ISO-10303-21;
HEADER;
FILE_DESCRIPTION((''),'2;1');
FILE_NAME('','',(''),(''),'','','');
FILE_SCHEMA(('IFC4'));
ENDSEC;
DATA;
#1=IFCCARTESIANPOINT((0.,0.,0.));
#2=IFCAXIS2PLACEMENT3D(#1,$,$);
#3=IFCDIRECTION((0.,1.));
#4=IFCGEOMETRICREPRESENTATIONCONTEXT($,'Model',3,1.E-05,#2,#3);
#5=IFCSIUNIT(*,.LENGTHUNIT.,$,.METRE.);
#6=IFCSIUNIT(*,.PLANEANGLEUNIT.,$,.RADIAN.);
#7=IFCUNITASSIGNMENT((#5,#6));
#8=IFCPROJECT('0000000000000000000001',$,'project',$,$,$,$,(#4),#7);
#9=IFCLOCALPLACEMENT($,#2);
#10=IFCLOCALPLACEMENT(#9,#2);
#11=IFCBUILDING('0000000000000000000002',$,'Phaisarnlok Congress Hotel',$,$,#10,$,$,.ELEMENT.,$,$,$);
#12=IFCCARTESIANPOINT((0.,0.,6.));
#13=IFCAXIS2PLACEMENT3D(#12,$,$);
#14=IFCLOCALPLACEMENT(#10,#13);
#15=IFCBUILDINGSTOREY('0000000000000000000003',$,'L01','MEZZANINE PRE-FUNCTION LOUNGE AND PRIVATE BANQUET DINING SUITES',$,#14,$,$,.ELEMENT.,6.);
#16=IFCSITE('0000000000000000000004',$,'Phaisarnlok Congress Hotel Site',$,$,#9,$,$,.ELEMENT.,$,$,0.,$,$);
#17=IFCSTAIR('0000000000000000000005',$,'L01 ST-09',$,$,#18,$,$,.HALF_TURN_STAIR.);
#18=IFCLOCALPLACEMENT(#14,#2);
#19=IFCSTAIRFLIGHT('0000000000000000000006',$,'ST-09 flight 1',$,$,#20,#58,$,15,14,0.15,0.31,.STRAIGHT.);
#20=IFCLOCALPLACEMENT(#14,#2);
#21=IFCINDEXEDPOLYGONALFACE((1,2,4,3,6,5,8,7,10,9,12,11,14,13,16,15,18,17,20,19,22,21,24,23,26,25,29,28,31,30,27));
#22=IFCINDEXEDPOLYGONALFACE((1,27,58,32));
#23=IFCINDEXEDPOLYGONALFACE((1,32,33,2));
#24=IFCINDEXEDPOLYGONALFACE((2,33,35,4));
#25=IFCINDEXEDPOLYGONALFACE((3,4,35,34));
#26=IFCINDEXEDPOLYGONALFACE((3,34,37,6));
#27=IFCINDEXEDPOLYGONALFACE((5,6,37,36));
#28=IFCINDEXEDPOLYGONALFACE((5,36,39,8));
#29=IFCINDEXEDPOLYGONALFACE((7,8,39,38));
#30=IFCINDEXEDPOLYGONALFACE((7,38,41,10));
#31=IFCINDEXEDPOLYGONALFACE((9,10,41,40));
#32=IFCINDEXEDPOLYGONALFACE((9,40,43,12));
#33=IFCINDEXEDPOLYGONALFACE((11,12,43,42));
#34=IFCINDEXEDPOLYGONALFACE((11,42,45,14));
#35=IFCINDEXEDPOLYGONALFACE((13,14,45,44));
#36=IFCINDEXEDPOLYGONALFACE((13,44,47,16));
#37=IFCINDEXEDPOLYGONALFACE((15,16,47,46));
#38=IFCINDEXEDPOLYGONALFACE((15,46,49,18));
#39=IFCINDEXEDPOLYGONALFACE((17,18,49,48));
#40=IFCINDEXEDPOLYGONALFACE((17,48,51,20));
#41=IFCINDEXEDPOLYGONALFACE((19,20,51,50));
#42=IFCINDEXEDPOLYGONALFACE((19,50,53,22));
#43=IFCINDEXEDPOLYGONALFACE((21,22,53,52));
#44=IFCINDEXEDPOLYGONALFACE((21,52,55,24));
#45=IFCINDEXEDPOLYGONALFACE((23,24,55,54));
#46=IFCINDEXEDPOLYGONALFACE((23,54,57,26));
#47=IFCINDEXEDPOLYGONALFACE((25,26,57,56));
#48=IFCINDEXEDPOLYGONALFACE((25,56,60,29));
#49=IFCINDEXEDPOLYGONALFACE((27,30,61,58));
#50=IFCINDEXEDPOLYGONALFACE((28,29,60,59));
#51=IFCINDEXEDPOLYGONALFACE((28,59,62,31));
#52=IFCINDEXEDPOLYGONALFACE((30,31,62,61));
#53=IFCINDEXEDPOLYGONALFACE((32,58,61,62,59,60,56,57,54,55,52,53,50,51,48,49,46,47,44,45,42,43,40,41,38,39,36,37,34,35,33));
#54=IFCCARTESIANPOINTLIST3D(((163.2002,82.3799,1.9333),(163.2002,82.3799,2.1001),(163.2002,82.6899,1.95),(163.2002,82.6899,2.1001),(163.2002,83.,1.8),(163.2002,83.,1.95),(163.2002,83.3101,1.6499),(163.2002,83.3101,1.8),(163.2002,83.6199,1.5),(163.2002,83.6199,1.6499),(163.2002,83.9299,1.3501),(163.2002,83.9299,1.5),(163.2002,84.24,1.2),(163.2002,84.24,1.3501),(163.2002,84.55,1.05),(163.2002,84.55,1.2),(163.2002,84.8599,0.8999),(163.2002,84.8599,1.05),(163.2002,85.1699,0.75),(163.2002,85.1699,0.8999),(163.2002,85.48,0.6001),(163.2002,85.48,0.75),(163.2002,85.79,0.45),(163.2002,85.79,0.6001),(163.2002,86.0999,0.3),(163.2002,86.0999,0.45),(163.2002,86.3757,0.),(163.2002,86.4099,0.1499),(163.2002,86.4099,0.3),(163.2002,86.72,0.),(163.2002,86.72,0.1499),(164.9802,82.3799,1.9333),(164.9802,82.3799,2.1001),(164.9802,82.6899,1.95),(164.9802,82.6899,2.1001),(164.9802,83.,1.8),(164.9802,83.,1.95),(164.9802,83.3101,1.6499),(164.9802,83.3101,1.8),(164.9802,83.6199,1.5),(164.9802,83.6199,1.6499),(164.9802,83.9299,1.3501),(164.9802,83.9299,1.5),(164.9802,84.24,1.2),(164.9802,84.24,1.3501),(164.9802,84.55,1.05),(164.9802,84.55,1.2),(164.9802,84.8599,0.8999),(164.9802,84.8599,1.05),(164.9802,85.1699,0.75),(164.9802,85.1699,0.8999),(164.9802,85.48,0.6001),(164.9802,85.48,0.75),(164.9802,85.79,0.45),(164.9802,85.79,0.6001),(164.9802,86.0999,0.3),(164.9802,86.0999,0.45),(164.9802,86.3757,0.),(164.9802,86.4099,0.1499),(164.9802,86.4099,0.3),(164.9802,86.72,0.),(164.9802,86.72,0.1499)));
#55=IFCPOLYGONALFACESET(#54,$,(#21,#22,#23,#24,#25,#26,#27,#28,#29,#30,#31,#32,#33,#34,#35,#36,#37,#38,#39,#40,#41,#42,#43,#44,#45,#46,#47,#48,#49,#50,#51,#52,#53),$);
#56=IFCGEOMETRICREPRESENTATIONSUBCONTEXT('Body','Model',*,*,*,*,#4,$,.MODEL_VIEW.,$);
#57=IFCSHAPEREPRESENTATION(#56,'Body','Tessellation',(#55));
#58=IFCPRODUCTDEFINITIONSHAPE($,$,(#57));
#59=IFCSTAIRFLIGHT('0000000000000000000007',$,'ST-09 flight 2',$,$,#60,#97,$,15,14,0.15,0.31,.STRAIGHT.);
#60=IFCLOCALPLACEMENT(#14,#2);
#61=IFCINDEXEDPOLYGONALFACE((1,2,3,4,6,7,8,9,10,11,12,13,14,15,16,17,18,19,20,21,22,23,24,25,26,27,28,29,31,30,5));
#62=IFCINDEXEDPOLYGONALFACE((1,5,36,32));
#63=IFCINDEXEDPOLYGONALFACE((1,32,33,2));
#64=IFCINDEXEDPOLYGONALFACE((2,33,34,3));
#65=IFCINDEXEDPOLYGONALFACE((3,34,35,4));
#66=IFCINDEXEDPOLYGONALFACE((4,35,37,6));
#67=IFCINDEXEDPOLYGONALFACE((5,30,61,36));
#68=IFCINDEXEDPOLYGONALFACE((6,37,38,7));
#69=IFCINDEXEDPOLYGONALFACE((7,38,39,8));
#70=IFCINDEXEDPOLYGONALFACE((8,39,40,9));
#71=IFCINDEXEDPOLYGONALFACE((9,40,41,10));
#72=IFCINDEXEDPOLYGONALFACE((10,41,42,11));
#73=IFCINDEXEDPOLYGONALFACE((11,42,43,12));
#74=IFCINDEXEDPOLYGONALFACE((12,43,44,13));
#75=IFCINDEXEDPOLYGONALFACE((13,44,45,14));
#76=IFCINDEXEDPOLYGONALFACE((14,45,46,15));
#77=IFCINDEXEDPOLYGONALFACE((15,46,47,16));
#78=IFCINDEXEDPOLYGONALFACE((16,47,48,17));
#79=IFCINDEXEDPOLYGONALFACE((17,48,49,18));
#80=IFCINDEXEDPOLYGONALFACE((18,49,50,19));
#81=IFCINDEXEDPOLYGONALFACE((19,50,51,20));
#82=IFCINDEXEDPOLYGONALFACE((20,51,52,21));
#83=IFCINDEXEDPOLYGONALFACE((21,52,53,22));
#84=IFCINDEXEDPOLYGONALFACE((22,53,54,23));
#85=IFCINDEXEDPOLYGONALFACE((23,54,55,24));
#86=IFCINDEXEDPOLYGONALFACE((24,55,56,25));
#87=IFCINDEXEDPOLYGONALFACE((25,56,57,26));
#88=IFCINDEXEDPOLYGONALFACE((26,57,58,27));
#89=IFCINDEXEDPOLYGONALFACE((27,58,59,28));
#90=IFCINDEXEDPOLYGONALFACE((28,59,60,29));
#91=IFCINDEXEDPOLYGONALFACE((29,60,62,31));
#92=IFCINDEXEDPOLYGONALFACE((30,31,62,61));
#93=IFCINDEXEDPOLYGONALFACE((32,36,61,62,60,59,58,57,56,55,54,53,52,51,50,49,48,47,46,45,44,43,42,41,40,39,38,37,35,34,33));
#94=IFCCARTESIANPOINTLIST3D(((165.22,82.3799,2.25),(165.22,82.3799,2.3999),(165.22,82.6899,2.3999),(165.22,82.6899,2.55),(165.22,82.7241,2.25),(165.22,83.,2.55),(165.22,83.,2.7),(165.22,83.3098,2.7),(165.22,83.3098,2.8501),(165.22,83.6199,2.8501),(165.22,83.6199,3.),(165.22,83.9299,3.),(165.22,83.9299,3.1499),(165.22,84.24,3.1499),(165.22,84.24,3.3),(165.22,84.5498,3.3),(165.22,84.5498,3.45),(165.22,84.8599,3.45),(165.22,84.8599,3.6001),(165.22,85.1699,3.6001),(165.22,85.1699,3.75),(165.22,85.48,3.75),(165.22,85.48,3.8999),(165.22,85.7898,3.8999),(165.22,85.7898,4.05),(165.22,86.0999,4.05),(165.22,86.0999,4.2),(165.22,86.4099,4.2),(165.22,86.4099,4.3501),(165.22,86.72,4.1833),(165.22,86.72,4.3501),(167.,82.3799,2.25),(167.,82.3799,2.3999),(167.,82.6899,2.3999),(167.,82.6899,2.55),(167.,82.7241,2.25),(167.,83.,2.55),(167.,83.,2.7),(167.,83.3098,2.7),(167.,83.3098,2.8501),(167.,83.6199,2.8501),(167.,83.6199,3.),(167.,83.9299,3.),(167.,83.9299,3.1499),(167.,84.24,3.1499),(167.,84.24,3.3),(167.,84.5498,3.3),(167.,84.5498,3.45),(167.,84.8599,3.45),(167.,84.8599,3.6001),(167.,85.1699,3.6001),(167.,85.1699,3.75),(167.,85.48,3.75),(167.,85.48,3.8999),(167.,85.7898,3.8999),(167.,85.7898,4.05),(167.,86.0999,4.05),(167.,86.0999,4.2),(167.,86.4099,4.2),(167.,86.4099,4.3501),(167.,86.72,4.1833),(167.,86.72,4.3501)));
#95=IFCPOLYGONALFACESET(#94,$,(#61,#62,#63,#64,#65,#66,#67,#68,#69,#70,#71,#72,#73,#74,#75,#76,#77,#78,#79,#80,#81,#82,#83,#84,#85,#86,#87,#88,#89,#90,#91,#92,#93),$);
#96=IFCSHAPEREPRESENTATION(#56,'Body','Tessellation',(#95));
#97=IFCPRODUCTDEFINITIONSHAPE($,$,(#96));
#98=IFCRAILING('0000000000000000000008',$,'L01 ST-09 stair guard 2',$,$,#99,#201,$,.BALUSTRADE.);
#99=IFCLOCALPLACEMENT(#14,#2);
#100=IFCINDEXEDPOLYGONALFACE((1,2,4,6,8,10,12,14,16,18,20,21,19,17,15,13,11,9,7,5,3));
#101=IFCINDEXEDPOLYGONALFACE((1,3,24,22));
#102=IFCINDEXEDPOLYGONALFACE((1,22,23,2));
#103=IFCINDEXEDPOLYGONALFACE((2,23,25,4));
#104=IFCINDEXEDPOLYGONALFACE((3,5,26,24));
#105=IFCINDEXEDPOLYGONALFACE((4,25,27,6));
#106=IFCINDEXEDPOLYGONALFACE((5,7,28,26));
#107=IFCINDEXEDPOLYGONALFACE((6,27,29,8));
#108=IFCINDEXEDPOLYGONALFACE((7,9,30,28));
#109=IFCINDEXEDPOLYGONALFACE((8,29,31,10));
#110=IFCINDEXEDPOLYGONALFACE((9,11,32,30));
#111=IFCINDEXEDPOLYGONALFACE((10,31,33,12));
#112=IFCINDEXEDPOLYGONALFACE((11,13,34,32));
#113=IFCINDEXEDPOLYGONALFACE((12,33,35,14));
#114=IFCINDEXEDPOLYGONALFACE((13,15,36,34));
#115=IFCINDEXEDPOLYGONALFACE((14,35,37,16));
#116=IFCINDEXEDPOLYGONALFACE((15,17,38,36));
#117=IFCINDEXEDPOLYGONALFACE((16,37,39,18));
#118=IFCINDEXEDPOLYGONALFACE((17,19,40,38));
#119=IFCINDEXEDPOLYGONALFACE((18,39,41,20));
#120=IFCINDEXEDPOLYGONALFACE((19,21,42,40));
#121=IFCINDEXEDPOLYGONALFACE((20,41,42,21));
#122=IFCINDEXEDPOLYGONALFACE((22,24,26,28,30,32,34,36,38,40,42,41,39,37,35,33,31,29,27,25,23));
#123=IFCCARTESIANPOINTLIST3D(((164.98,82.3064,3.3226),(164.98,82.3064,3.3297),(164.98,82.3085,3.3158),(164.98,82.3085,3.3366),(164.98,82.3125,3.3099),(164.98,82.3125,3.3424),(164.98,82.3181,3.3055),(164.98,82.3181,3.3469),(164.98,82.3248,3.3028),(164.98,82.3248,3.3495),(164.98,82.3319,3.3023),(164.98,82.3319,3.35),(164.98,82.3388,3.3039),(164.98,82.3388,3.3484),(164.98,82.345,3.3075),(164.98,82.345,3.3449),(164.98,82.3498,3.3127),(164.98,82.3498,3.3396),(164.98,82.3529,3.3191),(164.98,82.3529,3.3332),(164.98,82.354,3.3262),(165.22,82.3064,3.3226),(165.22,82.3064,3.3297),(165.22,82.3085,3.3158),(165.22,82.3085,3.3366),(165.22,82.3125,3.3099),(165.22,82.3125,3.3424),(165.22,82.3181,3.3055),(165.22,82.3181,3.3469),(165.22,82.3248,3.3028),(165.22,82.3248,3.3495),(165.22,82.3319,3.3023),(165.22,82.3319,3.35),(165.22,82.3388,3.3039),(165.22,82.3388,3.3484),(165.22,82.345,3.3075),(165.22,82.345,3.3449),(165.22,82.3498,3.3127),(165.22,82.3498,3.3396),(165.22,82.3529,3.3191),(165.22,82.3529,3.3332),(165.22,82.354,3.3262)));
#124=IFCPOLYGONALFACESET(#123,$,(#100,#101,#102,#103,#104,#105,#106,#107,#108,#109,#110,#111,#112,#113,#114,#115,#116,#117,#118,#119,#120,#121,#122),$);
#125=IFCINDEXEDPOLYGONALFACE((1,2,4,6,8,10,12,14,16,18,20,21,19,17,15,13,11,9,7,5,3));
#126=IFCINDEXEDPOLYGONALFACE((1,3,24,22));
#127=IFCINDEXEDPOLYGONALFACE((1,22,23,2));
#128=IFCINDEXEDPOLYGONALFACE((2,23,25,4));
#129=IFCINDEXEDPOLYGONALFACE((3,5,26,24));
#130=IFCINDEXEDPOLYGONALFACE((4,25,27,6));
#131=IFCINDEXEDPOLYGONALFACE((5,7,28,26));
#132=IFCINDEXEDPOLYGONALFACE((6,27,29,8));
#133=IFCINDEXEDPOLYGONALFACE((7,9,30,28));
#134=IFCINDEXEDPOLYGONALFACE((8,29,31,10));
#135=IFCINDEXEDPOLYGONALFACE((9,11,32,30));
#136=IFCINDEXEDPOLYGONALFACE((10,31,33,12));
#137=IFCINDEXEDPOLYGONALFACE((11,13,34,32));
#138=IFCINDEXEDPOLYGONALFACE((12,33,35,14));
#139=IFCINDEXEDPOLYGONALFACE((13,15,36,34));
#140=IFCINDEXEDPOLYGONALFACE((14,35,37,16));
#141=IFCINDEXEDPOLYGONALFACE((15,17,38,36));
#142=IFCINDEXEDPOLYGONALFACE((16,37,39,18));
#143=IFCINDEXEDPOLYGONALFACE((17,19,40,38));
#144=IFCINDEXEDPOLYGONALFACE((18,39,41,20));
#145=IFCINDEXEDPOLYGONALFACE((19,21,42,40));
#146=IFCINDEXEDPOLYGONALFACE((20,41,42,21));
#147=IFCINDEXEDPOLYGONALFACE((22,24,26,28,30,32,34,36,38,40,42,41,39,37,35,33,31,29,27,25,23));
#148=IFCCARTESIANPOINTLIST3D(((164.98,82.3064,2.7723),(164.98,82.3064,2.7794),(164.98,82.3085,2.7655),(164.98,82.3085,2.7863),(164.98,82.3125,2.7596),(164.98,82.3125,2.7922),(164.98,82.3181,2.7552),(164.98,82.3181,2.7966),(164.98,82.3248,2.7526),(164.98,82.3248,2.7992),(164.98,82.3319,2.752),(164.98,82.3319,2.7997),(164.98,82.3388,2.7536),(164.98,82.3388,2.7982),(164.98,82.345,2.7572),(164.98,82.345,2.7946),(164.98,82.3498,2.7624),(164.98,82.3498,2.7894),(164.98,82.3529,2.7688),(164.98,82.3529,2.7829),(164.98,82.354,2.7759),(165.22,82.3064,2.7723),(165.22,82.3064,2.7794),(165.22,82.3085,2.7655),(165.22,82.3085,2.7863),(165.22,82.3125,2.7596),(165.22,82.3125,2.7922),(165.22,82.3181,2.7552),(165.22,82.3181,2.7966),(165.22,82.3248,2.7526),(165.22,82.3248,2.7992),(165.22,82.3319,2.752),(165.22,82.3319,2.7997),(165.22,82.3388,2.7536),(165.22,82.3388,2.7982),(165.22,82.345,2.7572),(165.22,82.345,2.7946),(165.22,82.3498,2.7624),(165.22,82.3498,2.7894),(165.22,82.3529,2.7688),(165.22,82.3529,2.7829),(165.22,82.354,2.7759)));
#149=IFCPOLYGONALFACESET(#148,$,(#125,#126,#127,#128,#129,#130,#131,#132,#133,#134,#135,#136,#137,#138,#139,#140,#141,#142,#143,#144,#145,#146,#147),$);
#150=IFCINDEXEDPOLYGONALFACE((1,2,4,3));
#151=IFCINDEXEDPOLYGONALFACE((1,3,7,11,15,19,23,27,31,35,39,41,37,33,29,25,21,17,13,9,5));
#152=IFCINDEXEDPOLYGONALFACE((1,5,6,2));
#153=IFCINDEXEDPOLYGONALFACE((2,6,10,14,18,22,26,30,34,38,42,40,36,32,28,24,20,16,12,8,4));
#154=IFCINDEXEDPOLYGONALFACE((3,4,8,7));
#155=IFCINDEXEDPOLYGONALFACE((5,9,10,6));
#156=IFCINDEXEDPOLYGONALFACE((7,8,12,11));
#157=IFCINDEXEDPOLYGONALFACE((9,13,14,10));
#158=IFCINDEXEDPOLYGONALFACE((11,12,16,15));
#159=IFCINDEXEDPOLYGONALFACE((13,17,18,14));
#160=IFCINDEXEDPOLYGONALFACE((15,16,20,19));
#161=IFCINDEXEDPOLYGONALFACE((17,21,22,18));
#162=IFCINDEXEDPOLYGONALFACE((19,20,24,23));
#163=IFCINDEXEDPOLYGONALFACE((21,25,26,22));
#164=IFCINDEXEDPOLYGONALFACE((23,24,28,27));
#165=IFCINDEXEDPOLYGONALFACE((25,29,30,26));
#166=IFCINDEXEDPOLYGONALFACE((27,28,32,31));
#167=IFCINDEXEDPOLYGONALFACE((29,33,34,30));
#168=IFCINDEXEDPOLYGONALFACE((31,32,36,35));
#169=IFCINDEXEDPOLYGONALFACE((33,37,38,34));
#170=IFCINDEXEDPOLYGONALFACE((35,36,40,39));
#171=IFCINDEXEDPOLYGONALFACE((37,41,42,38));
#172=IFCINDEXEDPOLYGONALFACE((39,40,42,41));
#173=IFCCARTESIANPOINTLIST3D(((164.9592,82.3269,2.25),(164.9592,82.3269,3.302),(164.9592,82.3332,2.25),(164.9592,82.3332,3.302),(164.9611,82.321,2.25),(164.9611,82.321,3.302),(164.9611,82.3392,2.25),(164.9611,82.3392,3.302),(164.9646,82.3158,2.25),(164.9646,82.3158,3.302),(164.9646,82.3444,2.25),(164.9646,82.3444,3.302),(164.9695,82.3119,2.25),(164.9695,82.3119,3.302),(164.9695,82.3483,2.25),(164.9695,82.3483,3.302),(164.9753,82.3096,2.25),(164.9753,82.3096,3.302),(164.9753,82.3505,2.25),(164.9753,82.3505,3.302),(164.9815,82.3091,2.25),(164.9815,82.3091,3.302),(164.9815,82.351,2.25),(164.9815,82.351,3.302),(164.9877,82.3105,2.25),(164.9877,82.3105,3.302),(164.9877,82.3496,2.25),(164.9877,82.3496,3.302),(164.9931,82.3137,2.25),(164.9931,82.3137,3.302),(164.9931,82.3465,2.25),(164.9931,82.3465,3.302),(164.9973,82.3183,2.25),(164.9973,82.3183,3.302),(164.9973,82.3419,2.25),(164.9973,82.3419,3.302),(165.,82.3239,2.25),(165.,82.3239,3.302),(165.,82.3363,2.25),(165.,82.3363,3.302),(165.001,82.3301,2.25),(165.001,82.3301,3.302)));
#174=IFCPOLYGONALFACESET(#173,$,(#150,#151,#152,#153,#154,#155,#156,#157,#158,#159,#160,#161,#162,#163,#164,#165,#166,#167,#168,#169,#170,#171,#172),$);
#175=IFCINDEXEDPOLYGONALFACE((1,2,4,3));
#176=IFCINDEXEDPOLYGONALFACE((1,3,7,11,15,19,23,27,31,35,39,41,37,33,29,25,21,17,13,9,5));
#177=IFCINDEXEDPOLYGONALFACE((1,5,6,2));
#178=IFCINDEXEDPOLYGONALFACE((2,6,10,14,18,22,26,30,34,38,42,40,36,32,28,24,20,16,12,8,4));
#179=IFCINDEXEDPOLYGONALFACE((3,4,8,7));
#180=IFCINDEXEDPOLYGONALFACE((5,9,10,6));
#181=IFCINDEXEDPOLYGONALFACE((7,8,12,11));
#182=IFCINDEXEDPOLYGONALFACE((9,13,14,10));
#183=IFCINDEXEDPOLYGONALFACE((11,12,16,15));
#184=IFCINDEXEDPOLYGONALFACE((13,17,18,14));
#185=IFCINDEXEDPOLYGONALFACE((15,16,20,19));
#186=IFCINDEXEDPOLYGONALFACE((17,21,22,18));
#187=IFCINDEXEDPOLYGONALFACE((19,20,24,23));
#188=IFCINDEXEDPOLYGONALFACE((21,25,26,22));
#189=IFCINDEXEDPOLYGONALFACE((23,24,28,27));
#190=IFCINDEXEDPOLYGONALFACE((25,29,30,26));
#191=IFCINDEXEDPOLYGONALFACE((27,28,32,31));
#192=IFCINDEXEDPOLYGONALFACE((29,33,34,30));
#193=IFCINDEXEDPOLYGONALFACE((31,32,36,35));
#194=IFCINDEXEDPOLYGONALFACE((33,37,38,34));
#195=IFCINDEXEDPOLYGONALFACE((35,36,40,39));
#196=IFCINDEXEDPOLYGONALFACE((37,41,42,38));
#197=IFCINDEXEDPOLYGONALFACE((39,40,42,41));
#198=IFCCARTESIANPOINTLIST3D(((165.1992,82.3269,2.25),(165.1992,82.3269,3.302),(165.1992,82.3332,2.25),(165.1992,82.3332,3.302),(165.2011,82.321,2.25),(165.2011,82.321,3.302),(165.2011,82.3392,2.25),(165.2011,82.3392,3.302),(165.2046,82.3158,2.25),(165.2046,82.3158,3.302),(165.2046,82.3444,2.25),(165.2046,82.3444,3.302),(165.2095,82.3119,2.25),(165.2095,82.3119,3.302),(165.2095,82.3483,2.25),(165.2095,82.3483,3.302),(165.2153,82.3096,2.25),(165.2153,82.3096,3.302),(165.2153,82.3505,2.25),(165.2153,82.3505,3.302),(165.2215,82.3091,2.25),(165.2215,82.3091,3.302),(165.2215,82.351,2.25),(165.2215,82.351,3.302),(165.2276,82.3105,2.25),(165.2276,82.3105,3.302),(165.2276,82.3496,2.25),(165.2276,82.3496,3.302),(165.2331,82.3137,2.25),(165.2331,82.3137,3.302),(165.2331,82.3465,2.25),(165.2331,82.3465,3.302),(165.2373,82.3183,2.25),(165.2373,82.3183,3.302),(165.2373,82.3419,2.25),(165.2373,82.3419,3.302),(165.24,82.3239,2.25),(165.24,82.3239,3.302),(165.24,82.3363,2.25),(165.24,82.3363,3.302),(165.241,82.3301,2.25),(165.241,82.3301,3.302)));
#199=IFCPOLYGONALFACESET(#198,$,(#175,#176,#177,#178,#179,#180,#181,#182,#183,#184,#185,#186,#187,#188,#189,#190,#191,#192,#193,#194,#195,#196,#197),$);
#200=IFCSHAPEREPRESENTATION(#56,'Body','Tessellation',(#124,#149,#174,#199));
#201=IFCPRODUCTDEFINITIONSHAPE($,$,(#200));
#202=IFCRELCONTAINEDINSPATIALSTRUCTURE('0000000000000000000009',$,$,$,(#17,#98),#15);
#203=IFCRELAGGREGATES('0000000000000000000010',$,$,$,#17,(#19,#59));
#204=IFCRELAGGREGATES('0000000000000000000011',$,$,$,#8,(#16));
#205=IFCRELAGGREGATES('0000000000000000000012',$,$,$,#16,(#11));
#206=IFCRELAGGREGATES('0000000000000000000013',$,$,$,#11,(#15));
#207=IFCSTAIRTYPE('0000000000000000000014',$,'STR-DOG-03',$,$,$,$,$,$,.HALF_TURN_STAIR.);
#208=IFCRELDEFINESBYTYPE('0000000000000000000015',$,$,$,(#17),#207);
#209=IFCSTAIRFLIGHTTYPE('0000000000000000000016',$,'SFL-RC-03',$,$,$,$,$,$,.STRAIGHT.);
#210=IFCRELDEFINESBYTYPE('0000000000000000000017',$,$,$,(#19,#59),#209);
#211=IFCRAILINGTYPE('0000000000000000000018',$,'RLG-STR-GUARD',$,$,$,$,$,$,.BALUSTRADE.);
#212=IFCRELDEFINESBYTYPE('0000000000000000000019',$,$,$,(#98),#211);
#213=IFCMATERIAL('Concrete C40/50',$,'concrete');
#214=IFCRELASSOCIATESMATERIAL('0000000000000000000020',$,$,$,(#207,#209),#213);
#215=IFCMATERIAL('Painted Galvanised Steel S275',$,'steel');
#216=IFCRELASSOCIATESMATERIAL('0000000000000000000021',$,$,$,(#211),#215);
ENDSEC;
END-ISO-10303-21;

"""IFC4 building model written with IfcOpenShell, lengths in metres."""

from ifc_helpers import new_model, si_unit, direction, frame, origin, origin_2d, place, context, subcontext, project, spatial, polyline, circle, outline, extrude, material, type_object, element, aggregate, save


model = new_model("IFC4")

# Units and contexts
model_context = context("Model", 3, precision=1e-05, world=origin(), true_north=direction((0.0, 1.0)))
body_context = subcontext(model_context, "Body", "Model", "MODEL_VIEW")
ifc_project = project(units=[si_unit("LENGTHUNIT", "METRE"), si_unit("PLANEANGLEUNIT", "RADIAN")], contexts=[model_context])

# Site, building, storey
site_placement = place(None, origin())
site = spatial("IfcSite", under=ifc_project, at=site_placement, Name="Phaisarnlok Congress Hotel Site", CompositionType="ELEMENT", RefElevation=0.0)
building_placement = place(site_placement, origin())
building = spatial("IfcBuilding", under=site, at=building_placement, Name="Phaisarnlok Congress Hotel", CompositionType="ELEMENT")
storey_placement = place(building_placement, frame((0.0, 0.0, 6.0)))
storey = spatial("IfcBuildingStorey", under=building, at=storey_placement, Name="L01", Description="MEZZANINE PRE-FUNCTION LOUNGE AND PRIVATE BANQUET DINING SUITES", CompositionType="ELEMENT", Elevation=6.0)

# Shared definitions
ifc_material_1 = material(Name="Concrete C40/50", Category="concrete")

# Stair, stair flights
stair_type = type_object("IfcStairType", Name="STR-DOG-03", PredefinedType="HALF_TURN_STAIR", material=ifc_material_1)
stair_placement = place(storey_placement, origin())
stair = element("IfcStair", 1, at=stair_placement, inside=storey, type_object=stair_type, Name="L01 ST-09", PredefinedType="HALF_TURN_STAIR")
stair_flight_type = type_object("IfcStairFlightType", Name="SFL-RC-03", PredefinedType="STRAIGHT", material=ifc_material_1)
stair_flight_1_placement = place(storey_placement, frame((164.0901, 86.72, 0.0), z_axis=(0.0, 0.0, 1.0), x_axis=(0.0, -1.0, 0.0)))
stair_flight_1 = element("IfcStairFlight", 2, at=stair_flight_1_placement, type_object=stair_flight_type, Name="ST-09 flight 1", NumberOfRisers=15, NumberOfTreads=14, PredefinedType="STRAIGHT", RiserHeight=0.15, TreadLength=0.31, context=body_context, shape_type="SweptSolid", body=[
    extrude(outline(polyline([(0.0, 0.0), (0.0, 0.1499), (0.3101, 0.1499), (0.3101, 0.3), (0.6201, 0.3), (0.6201, 0.45), (0.9299, 0.45), (0.9299, 0.6001), (1.24, 0.6001), (1.24, 0.75), (1.55, 0.75), (1.55, 0.8999), (1.8601, 0.8999), (1.8601, 1.05), (2.1699, 1.05), (2.1699, 1.2), (2.48, 1.2), (2.48, 1.3501), (2.79, 1.3501), (2.79, 1.5), (3.1001, 1.5), (3.1001, 1.6499), (3.4099, 1.6499), (3.4099, 1.8), (3.72, 1.8), (3.72, 1.95), (4.03, 1.95), (4.03, 2.1001), (4.3401, 2.1001), (4.3401, 2.25), (4.3401, 1.9333), (0.3442, 0.0), (0.0, 0.0)])), frame((0.0, 0.8901, 0.0), z_axis=(0.0, -1.0, 0.0), x_axis=(1.0, 0.0, 0.0)), (0.0, 0.0, 1.0), 1.78),
])
stair_flight_2_placement = place(storey_placement, frame((166.1101, 82.3799, 2.25), z_axis=(0.0, 0.0, 1.0), x_axis=(0.0, 1.0, 0.0)))
stair_flight_2 = element("IfcStairFlight", 3, at=stair_flight_2_placement, type_object=stair_flight_type, Name="ST-09 flight 2", NumberOfRisers=15, NumberOfTreads=14, PredefinedType="STRAIGHT", RiserHeight=0.15, TreadLength=0.31, context=body_context, shape_type="SweptSolid", body=[
    extrude(outline(polyline([(0.0, 0.0), (0.0, 0.1499), (0.3101, 0.1499), (0.3101, 0.3), (0.6201, 0.3), (0.6201, 0.45), (0.9299, 0.45), (0.9299, 0.6001), (1.24, 0.6001), (1.24, 0.75), (1.55, 0.75), (1.55, 0.8999), (1.8601, 0.8999), (1.8601, 1.05), (2.1699, 1.05), (2.1699, 1.2), (2.48, 1.2), (2.48, 1.3501), (2.79, 1.3501), (2.79, 1.5), (3.1001, 1.5), (3.1001, 1.6499), (3.4099, 1.6499), (3.4099, 1.8), (3.72, 1.8), (3.72, 1.95), (4.03, 1.95), (4.03, 2.1001), (4.3401, 2.1001), (4.3401, 2.25), (4.3401, 1.9333), (0.3442, 0.0), (0.0, 0.0)])), frame((0.0, 0.8901, 0.0), z_axis=(0.0, -1.0, 0.0), x_axis=(1.0, 0.0, 0.0)), (0.0, 0.0, 1.0), 1.78),
])
aggregate(stair, [stair_flight_1, stair_flight_2])

# Railing
ifc_material_2 = material(Name="Painted Galvanised Steel S275", Category="steel")
railing_type_1 = type_object("IfcRailingType", Name="RLG-STR-GUARD", PredefinedType="BALUSTRADE", material=ifc_material_2)
railing_1_placement = place(storey_placement, frame((164.98, 82.3301, 2.25)))
element("IfcRailing", 4, at=railing_1_placement, inside=storey, type_object=railing_type_1, Name="L01 ST-09 stair guard 2", PredefinedType="BALUSTRADE", context=body_context, shape_type="SweptSolid", body=[
    extrude(circle(Radius=0.0239, at=origin_2d()), frame((0.0, 0.0, 1.0762), z_axis=(1.0, 0.0, 0.0), x_axis=(0.0, 1.0, 0.0)), (0.0, 0.0, 1.0), 0.24),
    extrude(circle(Radius=0.0239, at=origin_2d()), frame((0.0, 0.0, 0.5259), z_axis=(1.0, 0.0, 0.0), x_axis=(0.0, 1.0, 0.0)), (0.0, 0.0, 1.0), 0.24),
    extrude(circle(Radius=0.021, at=origin_2d()), origin(), (0.0, 0.0, 1.0), 1.052),
    extrude(circle(Radius=0.021, at=origin_2d()), frame((0.24, 0.0, 0.0)), (0.0, 0.0, 1.0), 1.052),
])

save(model, "model.ifc")
